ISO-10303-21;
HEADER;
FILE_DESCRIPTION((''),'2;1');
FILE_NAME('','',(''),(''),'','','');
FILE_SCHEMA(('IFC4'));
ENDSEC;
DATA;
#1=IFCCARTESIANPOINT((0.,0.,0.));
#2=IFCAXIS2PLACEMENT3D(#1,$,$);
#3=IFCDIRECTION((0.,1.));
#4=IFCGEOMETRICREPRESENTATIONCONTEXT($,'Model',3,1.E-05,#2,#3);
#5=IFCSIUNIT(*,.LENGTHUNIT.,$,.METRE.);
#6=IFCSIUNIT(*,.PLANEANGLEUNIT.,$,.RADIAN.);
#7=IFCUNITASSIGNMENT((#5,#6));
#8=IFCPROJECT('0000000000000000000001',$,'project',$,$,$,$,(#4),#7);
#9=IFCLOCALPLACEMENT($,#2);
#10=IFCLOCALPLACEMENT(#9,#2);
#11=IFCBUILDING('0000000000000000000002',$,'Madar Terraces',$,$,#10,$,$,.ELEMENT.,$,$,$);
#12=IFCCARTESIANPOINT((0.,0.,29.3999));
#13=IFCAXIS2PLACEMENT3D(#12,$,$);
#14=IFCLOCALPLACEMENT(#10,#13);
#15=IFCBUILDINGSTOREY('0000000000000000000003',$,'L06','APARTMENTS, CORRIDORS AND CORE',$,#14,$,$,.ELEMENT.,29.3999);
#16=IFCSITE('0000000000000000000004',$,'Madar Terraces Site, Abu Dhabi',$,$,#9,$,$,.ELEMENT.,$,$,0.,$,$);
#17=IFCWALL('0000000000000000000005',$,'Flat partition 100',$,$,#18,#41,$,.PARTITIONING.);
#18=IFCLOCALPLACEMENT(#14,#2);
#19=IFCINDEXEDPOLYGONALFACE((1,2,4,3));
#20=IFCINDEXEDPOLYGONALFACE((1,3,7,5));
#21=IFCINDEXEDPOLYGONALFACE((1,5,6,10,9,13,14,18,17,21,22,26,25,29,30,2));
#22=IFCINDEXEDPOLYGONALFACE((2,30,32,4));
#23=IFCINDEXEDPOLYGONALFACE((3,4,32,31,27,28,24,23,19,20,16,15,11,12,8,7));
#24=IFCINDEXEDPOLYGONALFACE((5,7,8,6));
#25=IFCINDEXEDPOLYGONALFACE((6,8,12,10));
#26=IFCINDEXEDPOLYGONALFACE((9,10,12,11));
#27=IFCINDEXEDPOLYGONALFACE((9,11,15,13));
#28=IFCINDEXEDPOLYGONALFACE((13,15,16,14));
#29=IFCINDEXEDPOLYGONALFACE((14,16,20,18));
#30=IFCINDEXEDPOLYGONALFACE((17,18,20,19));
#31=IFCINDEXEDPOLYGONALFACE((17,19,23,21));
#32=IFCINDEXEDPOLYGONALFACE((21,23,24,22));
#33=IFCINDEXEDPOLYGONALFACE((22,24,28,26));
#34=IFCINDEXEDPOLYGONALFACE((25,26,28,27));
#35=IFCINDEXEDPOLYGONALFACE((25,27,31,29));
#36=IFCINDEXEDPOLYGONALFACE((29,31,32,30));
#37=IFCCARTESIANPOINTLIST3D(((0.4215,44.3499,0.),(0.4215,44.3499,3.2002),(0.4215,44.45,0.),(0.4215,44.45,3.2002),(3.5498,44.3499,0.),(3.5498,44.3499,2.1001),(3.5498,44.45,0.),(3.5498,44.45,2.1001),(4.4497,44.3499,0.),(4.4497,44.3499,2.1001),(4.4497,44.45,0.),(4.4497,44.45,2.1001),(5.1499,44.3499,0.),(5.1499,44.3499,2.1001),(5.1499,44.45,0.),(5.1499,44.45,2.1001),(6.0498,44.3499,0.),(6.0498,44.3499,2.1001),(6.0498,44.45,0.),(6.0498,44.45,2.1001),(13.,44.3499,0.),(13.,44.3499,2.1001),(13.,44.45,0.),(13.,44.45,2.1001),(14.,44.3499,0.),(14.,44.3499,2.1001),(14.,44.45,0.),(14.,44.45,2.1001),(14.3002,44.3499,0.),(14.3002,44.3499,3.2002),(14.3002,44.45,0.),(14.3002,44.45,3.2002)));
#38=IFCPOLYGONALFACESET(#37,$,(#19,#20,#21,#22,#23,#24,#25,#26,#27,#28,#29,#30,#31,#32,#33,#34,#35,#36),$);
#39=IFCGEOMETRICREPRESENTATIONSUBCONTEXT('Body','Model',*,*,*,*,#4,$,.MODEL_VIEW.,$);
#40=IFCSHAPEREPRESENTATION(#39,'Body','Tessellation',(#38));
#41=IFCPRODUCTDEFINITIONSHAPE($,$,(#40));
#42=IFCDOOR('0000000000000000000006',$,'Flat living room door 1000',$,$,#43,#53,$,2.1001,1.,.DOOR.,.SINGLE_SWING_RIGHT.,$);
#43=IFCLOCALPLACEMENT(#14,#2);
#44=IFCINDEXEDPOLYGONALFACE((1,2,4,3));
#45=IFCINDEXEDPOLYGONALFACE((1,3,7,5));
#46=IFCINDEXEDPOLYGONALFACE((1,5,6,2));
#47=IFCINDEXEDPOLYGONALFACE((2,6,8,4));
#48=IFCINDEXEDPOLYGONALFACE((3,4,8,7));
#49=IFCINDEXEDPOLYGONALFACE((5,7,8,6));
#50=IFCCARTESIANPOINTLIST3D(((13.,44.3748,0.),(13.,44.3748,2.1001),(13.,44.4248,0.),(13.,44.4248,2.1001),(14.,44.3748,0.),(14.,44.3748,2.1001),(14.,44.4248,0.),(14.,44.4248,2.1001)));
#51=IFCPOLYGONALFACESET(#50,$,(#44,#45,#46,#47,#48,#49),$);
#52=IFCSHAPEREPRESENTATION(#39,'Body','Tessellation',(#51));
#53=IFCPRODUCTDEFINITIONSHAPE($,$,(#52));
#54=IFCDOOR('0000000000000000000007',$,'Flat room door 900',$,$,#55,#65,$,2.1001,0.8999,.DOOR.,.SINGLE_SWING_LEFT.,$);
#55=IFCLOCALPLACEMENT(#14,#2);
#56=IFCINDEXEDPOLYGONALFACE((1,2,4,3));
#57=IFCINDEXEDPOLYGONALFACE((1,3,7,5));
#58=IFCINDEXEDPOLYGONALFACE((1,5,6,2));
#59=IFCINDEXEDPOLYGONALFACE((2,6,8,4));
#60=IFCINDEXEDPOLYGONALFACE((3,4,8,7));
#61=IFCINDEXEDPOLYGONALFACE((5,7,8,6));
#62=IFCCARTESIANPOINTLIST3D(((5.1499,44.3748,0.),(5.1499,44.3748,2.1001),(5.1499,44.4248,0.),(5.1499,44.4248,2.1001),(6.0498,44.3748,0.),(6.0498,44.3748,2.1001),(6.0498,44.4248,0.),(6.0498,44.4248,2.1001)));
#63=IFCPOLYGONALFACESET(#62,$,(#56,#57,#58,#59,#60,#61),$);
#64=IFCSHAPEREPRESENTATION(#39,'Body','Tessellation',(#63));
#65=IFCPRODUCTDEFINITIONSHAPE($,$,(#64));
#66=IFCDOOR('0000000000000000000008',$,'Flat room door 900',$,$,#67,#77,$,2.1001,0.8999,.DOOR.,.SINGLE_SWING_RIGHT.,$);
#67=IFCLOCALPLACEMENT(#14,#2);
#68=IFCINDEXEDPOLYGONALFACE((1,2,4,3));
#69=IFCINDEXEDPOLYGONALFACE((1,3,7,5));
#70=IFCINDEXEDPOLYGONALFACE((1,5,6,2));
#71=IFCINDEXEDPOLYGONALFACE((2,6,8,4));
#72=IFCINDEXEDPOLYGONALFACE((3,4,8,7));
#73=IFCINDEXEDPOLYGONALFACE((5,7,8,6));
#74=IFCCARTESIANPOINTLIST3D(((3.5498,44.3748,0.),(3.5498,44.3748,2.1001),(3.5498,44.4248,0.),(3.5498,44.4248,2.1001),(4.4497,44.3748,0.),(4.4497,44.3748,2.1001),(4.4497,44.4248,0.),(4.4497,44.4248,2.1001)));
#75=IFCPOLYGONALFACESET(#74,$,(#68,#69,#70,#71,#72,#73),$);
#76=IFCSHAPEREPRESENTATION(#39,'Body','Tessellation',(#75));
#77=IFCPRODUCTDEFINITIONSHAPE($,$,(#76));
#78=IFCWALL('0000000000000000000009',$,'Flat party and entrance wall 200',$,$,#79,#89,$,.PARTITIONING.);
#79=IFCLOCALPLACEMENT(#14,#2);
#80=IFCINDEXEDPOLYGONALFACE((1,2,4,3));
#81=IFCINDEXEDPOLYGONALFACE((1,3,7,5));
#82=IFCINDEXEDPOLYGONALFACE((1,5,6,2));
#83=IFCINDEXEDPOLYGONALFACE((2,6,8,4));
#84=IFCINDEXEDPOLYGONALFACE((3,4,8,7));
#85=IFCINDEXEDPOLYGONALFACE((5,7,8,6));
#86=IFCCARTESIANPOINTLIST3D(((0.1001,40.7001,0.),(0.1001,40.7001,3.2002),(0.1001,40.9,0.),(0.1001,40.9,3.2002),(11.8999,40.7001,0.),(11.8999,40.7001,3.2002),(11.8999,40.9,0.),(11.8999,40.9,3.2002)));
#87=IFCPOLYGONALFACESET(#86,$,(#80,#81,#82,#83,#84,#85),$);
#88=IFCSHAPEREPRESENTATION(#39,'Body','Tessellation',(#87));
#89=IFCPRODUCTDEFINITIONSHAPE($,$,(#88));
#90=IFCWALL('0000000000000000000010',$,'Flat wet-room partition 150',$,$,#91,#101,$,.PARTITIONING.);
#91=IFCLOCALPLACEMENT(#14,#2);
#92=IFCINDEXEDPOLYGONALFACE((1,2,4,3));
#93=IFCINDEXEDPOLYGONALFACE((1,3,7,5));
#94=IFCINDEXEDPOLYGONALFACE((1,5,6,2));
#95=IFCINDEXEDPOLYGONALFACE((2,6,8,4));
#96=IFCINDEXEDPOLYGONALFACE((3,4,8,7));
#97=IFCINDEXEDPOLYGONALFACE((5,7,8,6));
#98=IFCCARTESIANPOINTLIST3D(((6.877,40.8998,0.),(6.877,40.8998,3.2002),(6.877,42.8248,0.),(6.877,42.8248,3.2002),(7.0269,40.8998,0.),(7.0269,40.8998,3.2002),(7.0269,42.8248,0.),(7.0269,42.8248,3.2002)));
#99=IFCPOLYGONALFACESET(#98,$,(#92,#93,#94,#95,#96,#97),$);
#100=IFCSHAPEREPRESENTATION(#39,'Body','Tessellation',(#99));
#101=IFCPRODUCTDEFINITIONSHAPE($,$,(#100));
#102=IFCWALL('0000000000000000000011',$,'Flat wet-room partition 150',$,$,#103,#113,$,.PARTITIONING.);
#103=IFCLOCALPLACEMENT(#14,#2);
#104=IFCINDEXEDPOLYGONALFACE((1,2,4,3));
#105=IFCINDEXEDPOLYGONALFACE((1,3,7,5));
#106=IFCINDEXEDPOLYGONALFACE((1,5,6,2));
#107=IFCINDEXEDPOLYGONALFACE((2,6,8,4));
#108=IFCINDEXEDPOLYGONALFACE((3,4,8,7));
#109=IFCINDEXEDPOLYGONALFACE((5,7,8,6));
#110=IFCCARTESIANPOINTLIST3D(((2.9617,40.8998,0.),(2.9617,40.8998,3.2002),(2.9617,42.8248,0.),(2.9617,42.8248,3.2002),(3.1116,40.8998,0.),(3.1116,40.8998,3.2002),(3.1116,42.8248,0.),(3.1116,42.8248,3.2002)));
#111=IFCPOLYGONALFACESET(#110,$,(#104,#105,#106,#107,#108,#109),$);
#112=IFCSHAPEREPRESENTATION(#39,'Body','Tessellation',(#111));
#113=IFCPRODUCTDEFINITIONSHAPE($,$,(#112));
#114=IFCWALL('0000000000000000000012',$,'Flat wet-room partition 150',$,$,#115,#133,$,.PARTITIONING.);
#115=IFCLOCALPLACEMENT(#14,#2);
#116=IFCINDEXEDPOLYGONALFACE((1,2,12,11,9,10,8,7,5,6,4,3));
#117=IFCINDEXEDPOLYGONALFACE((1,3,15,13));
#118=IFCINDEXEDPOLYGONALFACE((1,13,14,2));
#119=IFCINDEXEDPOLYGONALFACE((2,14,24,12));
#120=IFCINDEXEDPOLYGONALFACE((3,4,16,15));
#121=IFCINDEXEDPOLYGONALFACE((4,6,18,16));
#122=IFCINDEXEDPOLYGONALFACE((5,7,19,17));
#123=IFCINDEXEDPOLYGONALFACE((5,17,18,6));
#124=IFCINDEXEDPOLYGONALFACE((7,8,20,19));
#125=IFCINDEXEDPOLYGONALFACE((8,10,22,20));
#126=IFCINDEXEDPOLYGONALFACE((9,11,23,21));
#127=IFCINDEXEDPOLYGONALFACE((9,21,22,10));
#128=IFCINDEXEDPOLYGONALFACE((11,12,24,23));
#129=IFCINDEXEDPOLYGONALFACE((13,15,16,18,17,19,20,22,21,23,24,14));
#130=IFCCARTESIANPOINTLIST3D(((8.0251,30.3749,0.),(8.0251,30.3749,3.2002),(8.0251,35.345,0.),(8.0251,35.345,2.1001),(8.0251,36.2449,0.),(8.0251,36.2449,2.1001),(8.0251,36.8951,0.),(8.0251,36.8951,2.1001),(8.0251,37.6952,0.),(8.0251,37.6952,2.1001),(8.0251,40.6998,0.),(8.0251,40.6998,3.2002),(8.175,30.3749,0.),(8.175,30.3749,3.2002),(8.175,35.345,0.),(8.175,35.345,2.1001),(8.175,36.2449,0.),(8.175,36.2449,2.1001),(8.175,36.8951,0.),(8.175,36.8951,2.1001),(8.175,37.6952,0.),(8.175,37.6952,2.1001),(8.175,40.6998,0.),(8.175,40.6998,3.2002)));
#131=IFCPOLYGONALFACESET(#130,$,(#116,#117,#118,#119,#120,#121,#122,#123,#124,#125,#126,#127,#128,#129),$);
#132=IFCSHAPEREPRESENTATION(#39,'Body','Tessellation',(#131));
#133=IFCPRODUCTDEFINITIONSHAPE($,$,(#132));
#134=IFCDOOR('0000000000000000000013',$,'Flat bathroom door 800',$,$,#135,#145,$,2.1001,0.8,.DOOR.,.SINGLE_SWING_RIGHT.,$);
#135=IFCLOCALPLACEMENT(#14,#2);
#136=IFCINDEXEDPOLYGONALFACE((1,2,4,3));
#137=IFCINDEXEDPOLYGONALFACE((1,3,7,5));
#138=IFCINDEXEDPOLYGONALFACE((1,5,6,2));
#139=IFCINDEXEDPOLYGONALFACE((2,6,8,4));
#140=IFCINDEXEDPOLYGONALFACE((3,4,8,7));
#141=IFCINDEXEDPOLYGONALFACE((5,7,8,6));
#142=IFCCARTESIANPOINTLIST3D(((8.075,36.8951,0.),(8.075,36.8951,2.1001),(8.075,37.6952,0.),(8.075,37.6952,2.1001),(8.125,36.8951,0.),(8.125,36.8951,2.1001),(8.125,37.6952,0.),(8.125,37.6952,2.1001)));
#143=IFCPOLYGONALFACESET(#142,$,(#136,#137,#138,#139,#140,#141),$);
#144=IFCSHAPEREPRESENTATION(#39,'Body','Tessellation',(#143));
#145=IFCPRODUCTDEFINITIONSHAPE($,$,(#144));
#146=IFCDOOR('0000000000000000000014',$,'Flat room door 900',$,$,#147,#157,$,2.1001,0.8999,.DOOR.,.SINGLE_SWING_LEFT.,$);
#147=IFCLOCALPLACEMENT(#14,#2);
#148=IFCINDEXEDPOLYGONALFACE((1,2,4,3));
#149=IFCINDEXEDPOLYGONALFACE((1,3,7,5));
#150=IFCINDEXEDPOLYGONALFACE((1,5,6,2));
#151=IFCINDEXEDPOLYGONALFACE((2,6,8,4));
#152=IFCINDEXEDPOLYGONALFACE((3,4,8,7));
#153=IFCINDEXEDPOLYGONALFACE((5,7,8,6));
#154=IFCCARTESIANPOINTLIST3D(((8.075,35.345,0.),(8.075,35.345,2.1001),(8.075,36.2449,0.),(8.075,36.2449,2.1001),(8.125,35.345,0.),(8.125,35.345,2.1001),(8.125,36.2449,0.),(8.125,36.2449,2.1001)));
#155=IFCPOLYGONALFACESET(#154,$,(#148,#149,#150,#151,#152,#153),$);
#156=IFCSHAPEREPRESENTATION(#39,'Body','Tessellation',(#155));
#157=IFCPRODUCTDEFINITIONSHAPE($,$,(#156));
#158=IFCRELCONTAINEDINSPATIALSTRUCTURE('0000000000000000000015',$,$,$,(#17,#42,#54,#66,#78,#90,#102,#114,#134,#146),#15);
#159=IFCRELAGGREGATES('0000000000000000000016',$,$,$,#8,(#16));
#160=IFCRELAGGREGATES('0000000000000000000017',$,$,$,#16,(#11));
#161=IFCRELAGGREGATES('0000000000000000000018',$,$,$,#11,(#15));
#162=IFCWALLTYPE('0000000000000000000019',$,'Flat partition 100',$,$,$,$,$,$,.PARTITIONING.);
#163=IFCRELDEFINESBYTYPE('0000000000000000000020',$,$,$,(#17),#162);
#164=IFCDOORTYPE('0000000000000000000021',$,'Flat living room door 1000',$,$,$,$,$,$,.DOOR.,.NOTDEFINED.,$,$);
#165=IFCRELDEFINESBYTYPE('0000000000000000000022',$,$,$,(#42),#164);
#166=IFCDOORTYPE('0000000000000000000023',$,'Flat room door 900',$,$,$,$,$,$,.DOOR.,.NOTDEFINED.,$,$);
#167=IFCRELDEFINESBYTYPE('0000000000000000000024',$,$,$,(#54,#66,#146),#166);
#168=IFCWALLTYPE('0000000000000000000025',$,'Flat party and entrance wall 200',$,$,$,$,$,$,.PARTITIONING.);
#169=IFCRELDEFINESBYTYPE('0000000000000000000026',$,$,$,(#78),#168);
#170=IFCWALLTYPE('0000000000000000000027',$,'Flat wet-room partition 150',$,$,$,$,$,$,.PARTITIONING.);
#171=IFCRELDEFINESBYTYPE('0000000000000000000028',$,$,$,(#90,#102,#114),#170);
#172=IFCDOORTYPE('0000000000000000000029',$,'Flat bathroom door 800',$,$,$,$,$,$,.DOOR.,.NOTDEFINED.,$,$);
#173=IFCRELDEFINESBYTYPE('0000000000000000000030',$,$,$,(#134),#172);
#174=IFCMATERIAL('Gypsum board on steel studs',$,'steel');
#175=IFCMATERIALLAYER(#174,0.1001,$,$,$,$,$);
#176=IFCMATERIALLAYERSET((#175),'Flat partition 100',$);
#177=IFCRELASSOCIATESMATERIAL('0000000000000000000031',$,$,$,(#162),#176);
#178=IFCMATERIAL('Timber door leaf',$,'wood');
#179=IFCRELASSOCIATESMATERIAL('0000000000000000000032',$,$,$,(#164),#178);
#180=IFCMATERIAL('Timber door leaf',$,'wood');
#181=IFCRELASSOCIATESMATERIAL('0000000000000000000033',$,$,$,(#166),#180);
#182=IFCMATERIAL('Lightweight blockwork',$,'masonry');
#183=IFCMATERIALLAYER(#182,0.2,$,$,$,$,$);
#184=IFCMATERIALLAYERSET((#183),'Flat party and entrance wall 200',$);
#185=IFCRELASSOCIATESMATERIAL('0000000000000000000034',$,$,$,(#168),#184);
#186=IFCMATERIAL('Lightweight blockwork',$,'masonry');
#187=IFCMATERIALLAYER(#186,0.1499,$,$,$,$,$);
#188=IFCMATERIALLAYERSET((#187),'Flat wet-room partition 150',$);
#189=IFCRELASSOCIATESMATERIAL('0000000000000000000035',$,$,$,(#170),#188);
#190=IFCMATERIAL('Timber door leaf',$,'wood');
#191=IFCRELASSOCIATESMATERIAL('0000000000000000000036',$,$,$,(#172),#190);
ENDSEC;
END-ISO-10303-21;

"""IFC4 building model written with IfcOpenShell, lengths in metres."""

from ifc_helpers import new_model, si_unit, direction, frame, frame_2d, origin, place, context, subcontext, project, spatial, rectangle, extrude, material, layer, layer_set, type_object, element, fill, save


model = new_model("IFC4")

# Units and contexts
model_context = context("Model", 3, precision=1e-05, world=origin(), true_north=direction((0.0, 1.0)))
body_context = subcontext(model_context, "Body", "Model", "MODEL_VIEW")
ifc_project = project(units=[si_unit("LENGTHUNIT", "METRE"), si_unit("PLANEANGLEUNIT", "RADIAN")], contexts=[model_context])

# Site, building, storey
site_placement = place(None, origin())
site = spatial("IfcSite", under=ifc_project, at=site_placement, Name="Madar Terraces Site, Abu Dhabi", CompositionType="ELEMENT", RefElevation=0.0)
building_placement = place(site_placement, origin())
building = spatial("IfcBuilding", under=site, at=building_placement, Name="Madar Terraces", CompositionType="ELEMENT")
storey_placement = place(building_placement, frame((0.0, 0.0, 29.3999)))
storey = spatial("IfcBuildingStorey", under=building, at=storey_placement, Name="L06", Description="APARTMENTS, CORRIDORS AND CORE", CompositionType="ELEMENT", Elevation=29.3999)

# Shared definitions
ifc_material_1 = material(Name="Gypsum board on steel studs", Category="steel")
ifc_layer_1 = layer(ifc_material_1, 0.1001)
ifc_layer_set_1 = layer_set([ifc_layer_1], Name="Flat partition 100")
wall_type_1 = type_object("IfcWallType", Name="Flat partition 100", PredefinedType="PARTITIONING", material=ifc_layer_set_1)

# Wall, openings, doors
wall_1_placement = place(storey_placement, frame((0.4214, 44.3999, 0.0), z_axis=(0.0, 0.0, 1.0), x_axis=(1.0, 0.0, 0.0)))
wall_1 = element("IfcWall", 1, at=wall_1_placement, inside=storey, type_object=wall_type_1, Name="Flat partition 100", PredefinedType="PARTITIONING", context=body_context, shape_type="SweptSolid", body=[
    extrude(rectangle(XDim=13.8787, YDim=0.1001, at=frame_2d((6.9395, 0.0))), origin(), (0.0, 0.0, 1.0), 3.2002),
])
opening_1_placement = place(wall_1_placement, frame((12.5786, 0.0, 0.0)))
opening_1 = element("IfcOpeningElement", 2, at=opening_1_placement, cuts=wall_1, PredefinedType="OPENING", context=body_context, shape_type="SweptSolid", body=[
    extrude(rectangle(XDim=1.0, YDim=2.1001, at=frame_2d((0.5, 1.05))), frame((0.0, 0.0601, 0.0), z_axis=(0.0, -1.0, 0.0), x_axis=(1.0, 0.0, 0.0)), (0.0, 0.0, 1.0), 0.1201),
])
opening_2_placement = place(wall_1_placement, frame((4.7285, 0.0, 0.0)))
opening_2 = element("IfcOpeningElement", 3, at=opening_2_placement, cuts=wall_1, PredefinedType="OPENING", context=body_context, shape_type="SweptSolid", body=[
    extrude(rectangle(XDim=0.8999, YDim=2.1001, at=frame_2d((0.45, 1.05))), frame((0.0, 0.0601, 0.0), z_axis=(0.0, -1.0, 0.0), x_axis=(1.0, 0.0, 0.0)), (0.0, 0.0, 1.0), 0.1201),
])
opening_3_placement = place(wall_1_placement, frame((3.1284, 0.0, 0.0)))
opening_3 = element("IfcOpeningElement", 4, at=opening_3_placement, cuts=wall_1, PredefinedType="OPENING", context=body_context, shape_type="SweptSolid", body=[
    extrude(rectangle(XDim=0.8999, YDim=2.1001, at=frame_2d((0.45, 1.05))), frame((0.0, 0.0601, 0.0), z_axis=(0.0, -1.0, 0.0), x_axis=(1.0, 0.0, 0.0)), (0.0, 0.0, 1.0), 0.1201),
])
ifc_material_2 = material(Name="Timber door leaf", Category="wood")
door_type_1 = type_object("IfcDoorType", Name="Flat living room door 1000", OperationType="NOTDEFINED", PredefinedType="DOOR", material=ifc_material_2)
door_1_placement = place(opening_1_placement, origin())
door_1 = element("IfcDoor", 5, at=door_1_placement, inside=storey, type_object=door_type_1, Name="Flat living room door 1000", OperationType="SINGLE_SWING_RIGHT", OverallHeight=2.1001, OverallWidth=1.0, PredefinedType="DOOR", context=body_context, shape_type="SweptSolid", body=[
    extrude(rectangle(XDim=1.0, YDim=2.1001, at=frame_2d((0.5, 1.05))), frame((0.0, 0.0249, 0.0), z_axis=(0.0, -1.0, 0.0), x_axis=(1.0, 0.0, 0.0)), (0.0, 0.0, 1.0), 0.05),
])
fill(opening_1, door_1)
ifc_material_3 = material(Name="Timber door leaf", Category="wood")
door_type_2 = type_object("IfcDoorType", Name="Flat room door 900", OperationType="NOTDEFINED", PredefinedType="DOOR", material=ifc_material_3)
door_2_placement = place(opening_2_placement, origin())
door_2 = element("IfcDoor", 6, at=door_2_placement, inside=storey, type_object=door_type_2, Name="Flat room door 900", OperationType="SINGLE_SWING_LEFT", OverallHeight=2.1001, OverallWidth=0.8999, PredefinedType="DOOR", context=body_context, shape_type="SweptSolid", body=[
    extrude(rectangle(XDim=0.8999, YDim=2.1001, at=frame_2d((0.45, 1.05))), frame((0.0, 0.0249, 0.0), z_axis=(0.0, -1.0, 0.0), x_axis=(1.0, 0.0, 0.0)), (0.0, 0.0, 1.0), 0.05),
])
fill(opening_2, door_2)
door_3_placement = place(opening_3_placement, origin())
door_3 = element("IfcDoor", 7, at=door_3_placement, inside=storey, type_object=door_type_2, Name="Flat room door 900", OperationType="SINGLE_SWING_RIGHT", OverallHeight=2.1001, OverallWidth=0.8999, PredefinedType="DOOR", context=body_context, shape_type="SweptSolid", body=[
    extrude(rectangle(XDim=0.8999, YDim=2.1001, at=frame_2d((0.45, 1.05))), frame((0.0, 0.0249, 0.0), z_axis=(0.0, -1.0, 0.0), x_axis=(1.0, 0.0, 0.0)), (0.0, 0.0, 1.0), 0.05),
])
fill(opening_3, door_3)

# Walls
ifc_material_4 = material(Name="Lightweight blockwork", Category="masonry")
ifc_layer_2 = layer(ifc_material_4, 0.2)
ifc_layer_set_2 = layer_set([ifc_layer_2], Name="Flat party and entrance wall 200")
wall_type_2 = type_object("IfcWallType", Name="Flat party and entrance wall 200", PredefinedType="PARTITIONING", material=ifc_layer_set_2)
wall_2_placement = place(storey_placement, frame((0.1001, 40.8, 0.0), z_axis=(0.0, 0.0, 1.0), x_axis=(1.0, 0.0, 0.0)))
element("IfcWall", 8, at=wall_2_placement, inside=storey, type_object=wall_type_2, Name="Flat party and entrance wall 200", PredefinedType="PARTITIONING", context=body_context, shape_type="SweptSolid", body=[
    extrude(rectangle(XDim=11.7998, YDim=0.2, at=frame_2d((5.8999, 0.0))), origin(), (0.0, 0.0, 1.0), 3.2002),
])
ifc_material_5 = material(Name="Lightweight blockwork", Category="masonry")
ifc_layer_3 = layer(ifc_material_5, 0.1499)
ifc_layer_set_3 = layer_set([ifc_layer_3], Name="Flat wet-room partition 150")
wall_type_3 = type_object("IfcWallType", Name="Flat wet-room partition 150", PredefinedType="PARTITIONING", material=ifc_layer_set_3)
for number, where, z_axis, x_axis, name in (
    (9, (6.9519, 40.8999, 0.0), (0.0, 0.0, 1.0), (0.0, 1.0, 0.0), "Flat wet-room partition 150"),
    (10, (3.0366, 40.8999, 0.0), (0.0, 0.0, 1.0), (0.0, 1.0, 0.0), "Flat wet-room partition 150"),
):
    element("IfcWall", number, at=place(storey_placement, frame(where, z_axis=z_axis, x_axis=x_axis)), inside=storey, type_object=wall_type_3, Name=name, PredefinedType="PARTITIONING", context=body_context, shape_type="SweptSolid", body=[
        extrude(rectangle(XDim=1.925, YDim=0.1499, at=frame_2d((0.9624, 0.0))), origin(), (0.0, 0.0, 1.0), 3.2002),
    ])

# Wall, openings, doors
wall_3_placement = place(storey_placement, frame((8.1001, 40.7, 0.0), z_axis=(0.0, 0.0, 1.0), x_axis=(0.0, -1.0, 0.0)))
wall_3 = element("IfcWall", 11, at=wall_3_placement, inside=storey, type_object=wall_type_3, Name="Flat wet-room partition 150", PredefinedType="PARTITIONING", context=body_context, shape_type="SweptSolid", body=[
    extrude(rectangle(XDim=10.325, YDim=0.1499, at=frame_2d((5.1626, 0.0))), origin(), (0.0, 0.0, 1.0), 3.2002),
])
opening_4_placement = place(wall_3_placement, frame((4.4551, 0.0, 0.0)))
opening_4 = element("IfcOpeningElement", 12, at=opening_4_placement, cuts=wall_3, PredefinedType="OPENING", context=body_context, shape_type="SweptSolid", body=[
    extrude(rectangle(XDim=0.8999, YDim=2.1001, at=frame_2d((0.45, 1.05))), frame((0.0, 0.085, 0.0), z_axis=(0.0, -1.0, 0.0), x_axis=(1.0, 0.0, 0.0)), (0.0, 0.0, 1.0), 0.1699),
])
opening_5_placement = place(wall_3_placement, frame((3.0049, 0.0, 0.0)))
opening_5 = element("IfcOpeningElement", 13, at=opening_5_placement, cuts=wall_3, PredefinedType="OPENING", context=body_context, shape_type="SweptSolid", body=[
    extrude(rectangle(XDim=0.8, YDim=2.1001, at=frame_2d((0.3999, 1.05))), frame((0.0, 0.085, 0.0), z_axis=(0.0, -1.0, 0.0), x_axis=(1.0, 0.0, 0.0)), (0.0, 0.0, 1.0), 0.1699),
])
ifc_material_6 = material(Name="Timber door leaf", Category="wood")
door_type_3 = type_object("IfcDoorType", Name="Flat bathroom door 800", OperationType="NOTDEFINED", PredefinedType="DOOR", material=ifc_material_6)
door_4_placement = place(opening_5_placement, origin())
door_4 = element("IfcDoor", 14, at=door_4_placement, inside=storey, type_object=door_type_3, Name="Flat bathroom door 800", OperationType="SINGLE_SWING_RIGHT", OverallHeight=2.1001, OverallWidth=0.8, PredefinedType="DOOR", context=body_context, shape_type="SweptSolid", body=[
    extrude(rectangle(XDim=0.8, YDim=2.1001, at=frame_2d((0.3999, 1.05))), frame((0.0, 0.0249, 0.0), z_axis=(0.0, -1.0, 0.0), x_axis=(1.0, 0.0, 0.0)), (0.0, 0.0, 1.0), 0.05),
])
fill(opening_5, door_4)
door_5_placement = place(opening_4_placement, origin())
door_5 = element("IfcDoor", 15, at=door_5_placement, inside=storey, type_object=door_type_2, Name="Flat room door 900", OperationType="SINGLE_SWING_LEFT", OverallHeight=2.1001, OverallWidth=0.8999, PredefinedType="DOOR", context=body_context, shape_type="SweptSolid", body=[
    extrude(rectangle(XDim=0.8999, YDim=2.1001, at=frame_2d((0.45, 1.05))), frame((0.0, 0.0249, 0.0), z_axis=(0.0, -1.0, 0.0), x_axis=(1.0, 0.0, 0.0)), (0.0, 0.0, 1.0), 0.05),
])
fill(opening_4, door_5)

save(model, "model.ifc")
